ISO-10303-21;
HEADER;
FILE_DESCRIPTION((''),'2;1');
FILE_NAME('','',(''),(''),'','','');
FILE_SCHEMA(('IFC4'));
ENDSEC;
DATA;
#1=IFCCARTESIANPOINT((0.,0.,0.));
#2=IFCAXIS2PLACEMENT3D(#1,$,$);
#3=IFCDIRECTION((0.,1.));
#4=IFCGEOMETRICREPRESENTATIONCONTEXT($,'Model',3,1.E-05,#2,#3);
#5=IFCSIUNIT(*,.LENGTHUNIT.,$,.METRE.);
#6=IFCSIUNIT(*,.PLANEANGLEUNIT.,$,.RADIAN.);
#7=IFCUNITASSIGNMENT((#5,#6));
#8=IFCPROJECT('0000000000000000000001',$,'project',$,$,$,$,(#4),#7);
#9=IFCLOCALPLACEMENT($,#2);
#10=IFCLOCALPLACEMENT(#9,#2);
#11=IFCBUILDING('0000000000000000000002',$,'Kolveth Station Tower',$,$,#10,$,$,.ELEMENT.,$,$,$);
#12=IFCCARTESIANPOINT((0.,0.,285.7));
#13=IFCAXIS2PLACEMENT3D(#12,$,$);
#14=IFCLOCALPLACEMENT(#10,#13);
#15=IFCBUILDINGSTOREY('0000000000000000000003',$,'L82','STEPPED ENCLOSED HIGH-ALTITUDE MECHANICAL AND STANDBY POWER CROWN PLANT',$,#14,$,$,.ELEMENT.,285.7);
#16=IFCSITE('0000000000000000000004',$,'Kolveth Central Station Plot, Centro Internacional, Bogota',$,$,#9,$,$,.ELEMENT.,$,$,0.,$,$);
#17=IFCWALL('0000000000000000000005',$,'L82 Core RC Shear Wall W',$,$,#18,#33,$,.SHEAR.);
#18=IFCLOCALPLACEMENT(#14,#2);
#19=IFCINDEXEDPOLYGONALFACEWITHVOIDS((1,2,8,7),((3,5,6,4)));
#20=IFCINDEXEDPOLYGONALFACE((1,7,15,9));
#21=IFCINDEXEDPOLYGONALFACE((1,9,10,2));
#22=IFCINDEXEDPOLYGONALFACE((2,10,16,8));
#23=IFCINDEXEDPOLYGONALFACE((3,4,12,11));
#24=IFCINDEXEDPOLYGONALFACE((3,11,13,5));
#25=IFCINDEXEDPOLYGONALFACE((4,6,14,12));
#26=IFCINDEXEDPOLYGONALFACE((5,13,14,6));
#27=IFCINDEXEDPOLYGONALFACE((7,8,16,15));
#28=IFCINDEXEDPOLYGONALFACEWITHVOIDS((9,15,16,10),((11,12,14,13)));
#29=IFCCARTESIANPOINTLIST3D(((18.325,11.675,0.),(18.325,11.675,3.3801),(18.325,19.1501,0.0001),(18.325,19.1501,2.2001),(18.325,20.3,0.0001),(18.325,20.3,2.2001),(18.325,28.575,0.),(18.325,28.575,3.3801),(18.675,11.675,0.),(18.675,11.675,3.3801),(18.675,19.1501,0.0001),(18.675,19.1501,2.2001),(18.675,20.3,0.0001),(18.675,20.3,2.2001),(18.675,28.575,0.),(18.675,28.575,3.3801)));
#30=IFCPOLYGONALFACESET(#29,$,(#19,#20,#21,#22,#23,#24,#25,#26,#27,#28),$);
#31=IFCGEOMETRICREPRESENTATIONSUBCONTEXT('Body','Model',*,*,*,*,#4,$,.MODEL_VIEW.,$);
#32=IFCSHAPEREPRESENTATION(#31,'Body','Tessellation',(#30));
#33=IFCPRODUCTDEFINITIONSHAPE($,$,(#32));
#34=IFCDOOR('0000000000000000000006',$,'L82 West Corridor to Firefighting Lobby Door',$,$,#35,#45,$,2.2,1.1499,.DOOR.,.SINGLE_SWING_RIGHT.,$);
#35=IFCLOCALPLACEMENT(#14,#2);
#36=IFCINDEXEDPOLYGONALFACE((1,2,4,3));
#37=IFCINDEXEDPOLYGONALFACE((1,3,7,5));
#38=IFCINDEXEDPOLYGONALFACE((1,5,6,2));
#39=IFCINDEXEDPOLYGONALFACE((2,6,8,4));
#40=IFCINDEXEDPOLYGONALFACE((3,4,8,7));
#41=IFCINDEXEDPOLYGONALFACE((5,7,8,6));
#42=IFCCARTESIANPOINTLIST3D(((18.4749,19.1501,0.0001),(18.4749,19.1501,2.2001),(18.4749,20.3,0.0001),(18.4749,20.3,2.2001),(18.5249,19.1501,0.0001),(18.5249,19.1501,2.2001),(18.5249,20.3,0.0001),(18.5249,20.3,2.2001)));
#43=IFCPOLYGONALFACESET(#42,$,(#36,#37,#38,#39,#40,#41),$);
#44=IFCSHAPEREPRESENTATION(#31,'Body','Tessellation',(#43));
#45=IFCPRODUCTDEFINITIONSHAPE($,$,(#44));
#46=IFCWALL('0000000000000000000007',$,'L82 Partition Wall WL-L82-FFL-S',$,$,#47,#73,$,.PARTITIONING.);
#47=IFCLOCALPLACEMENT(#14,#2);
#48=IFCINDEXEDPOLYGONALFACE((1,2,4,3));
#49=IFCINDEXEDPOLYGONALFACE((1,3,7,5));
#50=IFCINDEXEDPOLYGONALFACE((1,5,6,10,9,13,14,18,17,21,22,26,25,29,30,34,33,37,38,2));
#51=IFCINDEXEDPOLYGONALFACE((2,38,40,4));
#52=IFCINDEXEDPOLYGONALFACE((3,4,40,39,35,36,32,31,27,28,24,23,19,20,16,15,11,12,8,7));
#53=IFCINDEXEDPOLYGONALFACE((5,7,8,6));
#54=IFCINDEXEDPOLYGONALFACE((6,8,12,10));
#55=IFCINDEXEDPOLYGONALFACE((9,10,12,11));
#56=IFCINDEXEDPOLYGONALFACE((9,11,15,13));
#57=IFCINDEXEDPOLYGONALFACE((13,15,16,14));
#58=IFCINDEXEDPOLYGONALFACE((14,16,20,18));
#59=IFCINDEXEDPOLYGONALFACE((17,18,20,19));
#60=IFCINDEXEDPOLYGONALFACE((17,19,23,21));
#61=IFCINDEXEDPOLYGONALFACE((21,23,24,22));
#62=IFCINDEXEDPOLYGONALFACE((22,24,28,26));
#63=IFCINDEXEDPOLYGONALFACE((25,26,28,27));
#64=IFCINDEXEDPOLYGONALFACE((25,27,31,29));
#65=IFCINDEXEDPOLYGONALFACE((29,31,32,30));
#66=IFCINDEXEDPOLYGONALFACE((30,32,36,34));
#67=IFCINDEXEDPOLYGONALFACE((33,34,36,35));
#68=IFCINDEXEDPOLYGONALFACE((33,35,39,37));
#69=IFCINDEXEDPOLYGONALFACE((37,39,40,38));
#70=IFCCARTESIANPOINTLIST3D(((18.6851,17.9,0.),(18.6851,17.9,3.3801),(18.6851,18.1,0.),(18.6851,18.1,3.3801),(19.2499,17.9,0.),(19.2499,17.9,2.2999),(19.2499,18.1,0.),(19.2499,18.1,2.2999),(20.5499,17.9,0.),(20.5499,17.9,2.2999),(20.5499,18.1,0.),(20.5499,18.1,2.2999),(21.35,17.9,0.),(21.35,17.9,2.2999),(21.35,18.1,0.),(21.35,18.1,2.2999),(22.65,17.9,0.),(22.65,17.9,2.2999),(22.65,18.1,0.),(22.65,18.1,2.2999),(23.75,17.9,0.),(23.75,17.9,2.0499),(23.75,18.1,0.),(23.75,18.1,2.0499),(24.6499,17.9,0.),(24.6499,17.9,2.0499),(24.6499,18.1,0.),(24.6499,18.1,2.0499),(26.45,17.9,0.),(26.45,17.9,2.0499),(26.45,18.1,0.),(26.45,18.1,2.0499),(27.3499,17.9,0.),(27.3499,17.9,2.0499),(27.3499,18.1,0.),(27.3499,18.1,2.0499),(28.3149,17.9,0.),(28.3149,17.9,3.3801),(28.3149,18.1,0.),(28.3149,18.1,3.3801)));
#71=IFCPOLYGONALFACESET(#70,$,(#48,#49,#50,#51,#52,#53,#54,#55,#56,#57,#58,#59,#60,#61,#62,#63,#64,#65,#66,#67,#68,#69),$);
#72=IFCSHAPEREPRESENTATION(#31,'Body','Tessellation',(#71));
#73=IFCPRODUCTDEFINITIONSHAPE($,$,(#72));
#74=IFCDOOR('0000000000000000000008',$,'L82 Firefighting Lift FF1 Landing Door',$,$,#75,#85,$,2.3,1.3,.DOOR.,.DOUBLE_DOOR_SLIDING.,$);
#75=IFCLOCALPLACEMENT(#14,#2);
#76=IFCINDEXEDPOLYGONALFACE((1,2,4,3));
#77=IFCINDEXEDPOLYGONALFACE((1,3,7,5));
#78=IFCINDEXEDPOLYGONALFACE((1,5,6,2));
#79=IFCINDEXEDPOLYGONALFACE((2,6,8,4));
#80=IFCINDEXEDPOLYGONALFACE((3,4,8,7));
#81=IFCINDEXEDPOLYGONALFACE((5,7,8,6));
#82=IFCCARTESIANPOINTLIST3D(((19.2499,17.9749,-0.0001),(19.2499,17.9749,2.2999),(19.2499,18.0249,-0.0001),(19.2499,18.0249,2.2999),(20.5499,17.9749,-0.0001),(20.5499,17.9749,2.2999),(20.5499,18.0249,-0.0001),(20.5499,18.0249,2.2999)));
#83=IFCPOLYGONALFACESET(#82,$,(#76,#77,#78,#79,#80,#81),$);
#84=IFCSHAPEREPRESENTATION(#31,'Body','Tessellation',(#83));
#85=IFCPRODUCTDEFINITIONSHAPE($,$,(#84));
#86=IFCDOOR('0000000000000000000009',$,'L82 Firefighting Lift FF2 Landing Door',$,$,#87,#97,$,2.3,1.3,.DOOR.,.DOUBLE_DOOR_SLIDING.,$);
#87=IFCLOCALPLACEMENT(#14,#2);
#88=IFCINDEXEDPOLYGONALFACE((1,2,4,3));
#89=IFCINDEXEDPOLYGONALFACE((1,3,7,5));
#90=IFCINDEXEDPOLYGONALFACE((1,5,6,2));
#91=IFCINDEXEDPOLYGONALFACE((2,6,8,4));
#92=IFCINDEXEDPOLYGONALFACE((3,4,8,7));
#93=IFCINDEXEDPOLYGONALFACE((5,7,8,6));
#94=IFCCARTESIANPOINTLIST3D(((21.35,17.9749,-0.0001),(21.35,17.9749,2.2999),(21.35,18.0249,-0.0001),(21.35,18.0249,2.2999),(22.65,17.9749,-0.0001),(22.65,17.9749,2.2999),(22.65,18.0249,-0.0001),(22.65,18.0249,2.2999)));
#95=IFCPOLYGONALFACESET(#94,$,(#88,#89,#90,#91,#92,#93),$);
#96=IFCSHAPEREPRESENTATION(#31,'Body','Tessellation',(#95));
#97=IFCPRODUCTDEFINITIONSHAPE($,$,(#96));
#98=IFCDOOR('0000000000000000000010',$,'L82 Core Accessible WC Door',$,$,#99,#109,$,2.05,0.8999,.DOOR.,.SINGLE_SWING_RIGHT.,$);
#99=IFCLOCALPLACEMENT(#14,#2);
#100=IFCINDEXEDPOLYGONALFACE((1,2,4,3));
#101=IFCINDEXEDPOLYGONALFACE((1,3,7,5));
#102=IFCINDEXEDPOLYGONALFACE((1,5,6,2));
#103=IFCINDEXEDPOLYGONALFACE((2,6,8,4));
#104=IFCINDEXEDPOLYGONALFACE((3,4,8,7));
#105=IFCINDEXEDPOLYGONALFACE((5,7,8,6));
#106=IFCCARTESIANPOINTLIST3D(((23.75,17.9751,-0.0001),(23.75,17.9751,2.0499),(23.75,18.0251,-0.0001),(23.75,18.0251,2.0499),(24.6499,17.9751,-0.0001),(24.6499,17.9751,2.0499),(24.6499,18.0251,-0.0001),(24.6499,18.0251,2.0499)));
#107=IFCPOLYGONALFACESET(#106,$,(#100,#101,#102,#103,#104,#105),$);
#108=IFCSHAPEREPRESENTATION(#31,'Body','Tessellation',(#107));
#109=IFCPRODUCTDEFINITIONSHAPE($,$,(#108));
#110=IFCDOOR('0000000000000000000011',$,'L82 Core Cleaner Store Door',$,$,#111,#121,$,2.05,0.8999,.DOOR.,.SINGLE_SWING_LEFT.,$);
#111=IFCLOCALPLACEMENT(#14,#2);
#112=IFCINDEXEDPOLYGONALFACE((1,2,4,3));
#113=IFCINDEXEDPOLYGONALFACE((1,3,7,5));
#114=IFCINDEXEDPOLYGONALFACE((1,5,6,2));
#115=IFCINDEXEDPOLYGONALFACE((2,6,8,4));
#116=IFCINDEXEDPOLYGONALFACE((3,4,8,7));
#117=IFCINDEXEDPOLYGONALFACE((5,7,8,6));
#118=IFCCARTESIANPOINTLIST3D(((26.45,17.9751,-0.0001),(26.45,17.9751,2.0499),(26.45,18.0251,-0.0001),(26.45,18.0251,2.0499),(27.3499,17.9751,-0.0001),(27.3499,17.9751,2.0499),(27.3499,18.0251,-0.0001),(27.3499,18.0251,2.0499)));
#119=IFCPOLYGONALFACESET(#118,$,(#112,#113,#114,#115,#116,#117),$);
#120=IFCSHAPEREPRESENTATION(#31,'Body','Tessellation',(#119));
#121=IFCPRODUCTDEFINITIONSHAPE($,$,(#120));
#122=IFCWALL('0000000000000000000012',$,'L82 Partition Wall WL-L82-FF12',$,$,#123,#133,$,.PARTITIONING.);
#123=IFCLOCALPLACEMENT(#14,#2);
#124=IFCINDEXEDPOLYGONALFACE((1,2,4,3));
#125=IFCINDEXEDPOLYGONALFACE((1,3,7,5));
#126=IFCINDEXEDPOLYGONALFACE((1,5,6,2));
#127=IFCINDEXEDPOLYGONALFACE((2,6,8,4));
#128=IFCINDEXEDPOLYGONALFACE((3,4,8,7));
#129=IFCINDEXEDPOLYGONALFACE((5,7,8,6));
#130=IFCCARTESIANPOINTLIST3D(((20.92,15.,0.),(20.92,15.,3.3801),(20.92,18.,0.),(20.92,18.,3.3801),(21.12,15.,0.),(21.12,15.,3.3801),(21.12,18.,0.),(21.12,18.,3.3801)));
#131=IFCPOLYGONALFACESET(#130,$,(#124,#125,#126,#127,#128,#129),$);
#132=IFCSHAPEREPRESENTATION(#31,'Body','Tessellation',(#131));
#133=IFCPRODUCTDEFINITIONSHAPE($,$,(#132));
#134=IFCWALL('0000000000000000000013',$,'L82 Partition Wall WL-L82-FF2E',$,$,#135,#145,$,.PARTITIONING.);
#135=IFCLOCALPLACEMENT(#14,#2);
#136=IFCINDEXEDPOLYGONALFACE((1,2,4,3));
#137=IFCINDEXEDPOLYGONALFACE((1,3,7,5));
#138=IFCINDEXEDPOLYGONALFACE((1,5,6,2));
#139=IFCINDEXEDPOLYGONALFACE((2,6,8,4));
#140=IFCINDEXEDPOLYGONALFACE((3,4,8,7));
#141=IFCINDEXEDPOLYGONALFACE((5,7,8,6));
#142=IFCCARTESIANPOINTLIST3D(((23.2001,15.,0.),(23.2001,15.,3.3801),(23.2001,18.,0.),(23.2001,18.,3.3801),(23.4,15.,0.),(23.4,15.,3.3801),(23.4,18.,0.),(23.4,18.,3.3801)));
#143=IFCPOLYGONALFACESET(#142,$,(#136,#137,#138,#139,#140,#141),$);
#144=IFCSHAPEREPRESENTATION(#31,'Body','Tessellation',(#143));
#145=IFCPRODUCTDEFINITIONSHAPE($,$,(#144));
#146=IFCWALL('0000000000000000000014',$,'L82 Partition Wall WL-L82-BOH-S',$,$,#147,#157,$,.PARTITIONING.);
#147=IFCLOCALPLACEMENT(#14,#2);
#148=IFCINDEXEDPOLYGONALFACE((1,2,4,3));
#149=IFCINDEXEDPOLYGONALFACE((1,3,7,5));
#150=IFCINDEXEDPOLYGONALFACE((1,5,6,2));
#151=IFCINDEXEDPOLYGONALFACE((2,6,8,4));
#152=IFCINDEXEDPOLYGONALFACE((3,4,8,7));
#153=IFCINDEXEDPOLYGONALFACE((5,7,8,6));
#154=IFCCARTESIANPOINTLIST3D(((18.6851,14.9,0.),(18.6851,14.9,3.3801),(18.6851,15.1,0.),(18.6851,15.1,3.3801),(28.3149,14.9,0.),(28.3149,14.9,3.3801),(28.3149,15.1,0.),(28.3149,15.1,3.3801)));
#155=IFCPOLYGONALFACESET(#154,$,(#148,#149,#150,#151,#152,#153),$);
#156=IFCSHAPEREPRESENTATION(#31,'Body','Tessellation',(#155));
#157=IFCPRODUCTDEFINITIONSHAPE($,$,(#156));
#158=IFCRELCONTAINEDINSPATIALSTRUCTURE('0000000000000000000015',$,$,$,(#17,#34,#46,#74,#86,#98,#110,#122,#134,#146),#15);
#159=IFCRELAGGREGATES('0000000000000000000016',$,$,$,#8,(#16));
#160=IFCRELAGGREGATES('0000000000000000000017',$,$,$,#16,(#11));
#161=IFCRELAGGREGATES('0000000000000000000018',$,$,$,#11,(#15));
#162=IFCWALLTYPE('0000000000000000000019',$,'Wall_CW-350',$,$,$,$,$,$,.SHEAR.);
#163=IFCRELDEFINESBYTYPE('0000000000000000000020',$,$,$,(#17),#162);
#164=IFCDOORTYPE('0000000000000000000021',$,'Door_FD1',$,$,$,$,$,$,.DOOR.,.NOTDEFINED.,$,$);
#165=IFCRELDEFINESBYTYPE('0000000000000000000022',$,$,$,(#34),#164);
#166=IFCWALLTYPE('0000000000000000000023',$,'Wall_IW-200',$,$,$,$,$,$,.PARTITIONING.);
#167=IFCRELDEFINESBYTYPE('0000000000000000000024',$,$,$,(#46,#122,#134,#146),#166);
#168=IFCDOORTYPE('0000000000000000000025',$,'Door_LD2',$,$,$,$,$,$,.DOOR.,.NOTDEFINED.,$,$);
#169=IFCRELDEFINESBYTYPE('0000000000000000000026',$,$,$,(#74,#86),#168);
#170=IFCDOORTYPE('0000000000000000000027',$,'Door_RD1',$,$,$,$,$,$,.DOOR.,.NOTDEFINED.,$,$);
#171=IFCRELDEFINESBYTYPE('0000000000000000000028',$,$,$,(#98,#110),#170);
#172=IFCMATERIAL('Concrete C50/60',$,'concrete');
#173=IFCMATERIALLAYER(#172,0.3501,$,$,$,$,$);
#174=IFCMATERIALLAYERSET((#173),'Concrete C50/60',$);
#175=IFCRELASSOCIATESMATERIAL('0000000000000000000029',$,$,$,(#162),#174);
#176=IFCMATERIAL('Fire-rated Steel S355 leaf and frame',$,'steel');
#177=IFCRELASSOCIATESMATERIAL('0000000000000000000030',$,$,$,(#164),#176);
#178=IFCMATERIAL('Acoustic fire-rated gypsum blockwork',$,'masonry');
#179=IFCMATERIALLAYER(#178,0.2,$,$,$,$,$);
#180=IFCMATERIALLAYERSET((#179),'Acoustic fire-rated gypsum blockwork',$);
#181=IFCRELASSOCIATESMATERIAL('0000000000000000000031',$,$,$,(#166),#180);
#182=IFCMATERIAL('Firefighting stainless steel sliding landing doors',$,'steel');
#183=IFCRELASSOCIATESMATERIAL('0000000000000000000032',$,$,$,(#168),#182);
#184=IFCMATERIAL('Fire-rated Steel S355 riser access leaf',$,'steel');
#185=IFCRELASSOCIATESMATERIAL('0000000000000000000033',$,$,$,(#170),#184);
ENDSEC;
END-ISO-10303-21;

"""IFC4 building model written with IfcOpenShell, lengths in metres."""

from ifc_helpers import new_model, si_unit, direction, frame, frame_2d, origin, place, context, subcontext, project, spatial, rectangle, extrude, material, layer, layer_set, type_object, element, fill, save


model = new_model("IFC4")

# Units and contexts
model_context = context("Model", 3, precision=1e-05, world=origin(), true_north=direction((0.0, 1.0)))
body_context = subcontext(model_context, "Body", "Model", "MODEL_VIEW")
ifc_project = project(units=[si_unit("LENGTHUNIT", "METRE"), si_unit("PLANEANGLEUNIT", "RADIAN")], contexts=[model_context])

# Site, building, storey
site_placement = place(None, origin())
site = spatial("IfcSite", under=ifc_project, at=site_placement, Name="Kolveth Central Station Plot, Centro Internacional, Bogota", CompositionType="ELEMENT", RefElevation=0.0)
building_placement = place(site_placement, origin())
building = spatial("IfcBuilding", under=site, at=building_placement, Name="Kolveth Station Tower", CompositionType="ELEMENT")
storey_placement = place(building_placement, frame((0.0, 0.0, 285.7)))
storey = spatial("IfcBuildingStorey", under=building, at=storey_placement, Name="L82", Description="STEPPED ENCLOSED HIGH-ALTITUDE MECHANICAL AND STANDBY POWER CROWN PLANT", CompositionType="ELEMENT", Elevation=285.7)

# Wall, opening, door
ifc_material_1 = material(Name="Concrete C50/60", Category="concrete")
ifc_layer_1 = layer(ifc_material_1, 0.3501)
ifc_layer_set_1 = layer_set([ifc_layer_1], Name="Concrete C50/60")
wall_type_1 = type_object("IfcWallType", Name="Wall_CW-350", PredefinedType="SHEAR", material=ifc_layer_set_1)
wall_1_placement = place(storey_placement, frame((18.5, 11.675, 0.0), z_axis=(0.0, 0.0, 1.0), x_axis=(0.0, 1.0, 0.0)))
wall_1 = element("IfcWall", 1, at=wall_1_placement, inside=storey, type_object=wall_type_1, Name="L82 Core RC Shear Wall W", PredefinedType="SHEAR", context=body_context, shape_type="SweptSolid", body=[
    extrude(rectangle(XDim=16.8999, YDim=0.3501, at=frame_2d((8.45, 0.0))), origin(), (0.0, 0.0, 1.0), 3.3801),
])
opening_1_placement = place(wall_1_placement, frame((7.4751, 0.0, 0.0)))
opening_1 = element("IfcOpeningElement", 2, at=opening_1_placement, cuts=wall_1, PredefinedType="OPENING", context=body_context, shape_type="SweptSolid", body=[
    extrude(rectangle(XDim=1.1499, YDim=2.2, at=frame_2d((0.575, 1.1001))), frame((0.0, 0.1851, 0.0), z_axis=(0.0, -1.0, 0.0), x_axis=(1.0, 0.0, 0.0)), (0.0, 0.0, 1.0), 0.3701),
])
ifc_material_2 = material(Name="Fire-rated Steel S355 leaf and frame", Category="steel")
door_type_1 = type_object("IfcDoorType", Name="Door_FD1", OperationType="NOTDEFINED", PredefinedType="DOOR", material=ifc_material_2)
door_1_placement = place(opening_1_placement, frame((1.1499, 0.0, 0.0), z_axis=(0.0, 0.0, 1.0), x_axis=(-1.0, 0.0, 0.0)))
door_1 = element("IfcDoor", 3, at=door_1_placement, inside=storey, type_object=door_type_1, Name="L82 West Corridor to Firefighting Lobby Door", OperationType="SINGLE_SWING_RIGHT", OverallHeight=2.2, OverallWidth=1.1499, PredefinedType="DOOR", context=body_context, shape_type="SweptSolid", body=[
    extrude(rectangle(XDim=1.1499, YDim=2.2, at=frame_2d((0.575, 1.1001))), frame((0.0, 0.0249, 0.0), z_axis=(0.0, -1.0, 0.0), x_axis=(1.0, 0.0, 0.0)), (0.0, 0.0, 1.0), 0.05),
])
fill(opening_1, door_1)

# Wall, openings, doors
ifc_material_3 = material(Name="Acoustic fire-rated gypsum blockwork", Category="masonry")
ifc_layer_2 = layer(ifc_material_3, 0.2)
ifc_layer_set_2 = layer_set([ifc_layer_2], Name="Acoustic fire-rated gypsum blockwork")
wall_type_2 = type_object("IfcWallType", Name="Wall_IW-200", PredefinedType="PARTITIONING", material=ifc_layer_set_2)
wall_2_placement = place(storey_placement, frame((18.6851, 18.0, 0.0), z_axis=(0.0, 0.0, 1.0), x_axis=(1.0, 0.0, 0.0)))
wall_2 = element("IfcWall", 4, at=wall_2_placement, inside=storey, type_object=wall_type_2, Name="L82 Partition Wall WL-L82-FFL-S", PredefinedType="PARTITIONING", context=body_context, shape_type="SweptSolid", body=[
    extrude(rectangle(XDim=9.6299, YDim=0.2, at=frame_2d((4.8149, 0.0))), origin(), (0.0, 0.0, 1.0), 3.3801),
])
opening_2_placement = place(wall_2_placement, frame((0.5649, 0.0, 0.0)))
opening_2 = element("IfcOpeningElement", 5, at=opening_2_placement, cuts=wall_2, PredefinedType="OPENING", context=body_context, shape_type="SweptSolid", body=[
    extrude(rectangle(XDim=1.3, YDim=2.3, at=frame_2d((0.6499, 1.1499))), frame((0.0, 0.1099, 0.0), z_axis=(0.0, -1.0, 0.0), x_axis=(1.0, 0.0, 0.0)), (0.0, 0.0, 1.0), 0.22),
])
opening_3_placement = place(wall_2_placement, frame((2.665, 0.0, 0.0)))
opening_3 = element("IfcOpeningElement", 6, at=opening_3_placement, cuts=wall_2, PredefinedType="OPENING", context=body_context, shape_type="SweptSolid", body=[
    extrude(rectangle(XDim=1.3, YDim=2.3, at=frame_2d((0.6499, 1.1499))), frame((0.0, 0.1099, 0.0), z_axis=(0.0, -1.0, 0.0), x_axis=(1.0, 0.0, 0.0)), (0.0, 0.0, 1.0), 0.22),
])
opening_4_placement = place(wall_2_placement, frame((5.0649, 0.0, 0.0)))
opening_4 = element("IfcOpeningElement", 7, at=opening_4_placement, cuts=wall_2, PredefinedType="OPENING", context=body_context, shape_type="SweptSolid", body=[
    extrude(rectangle(XDim=0.8999, YDim=2.05, at=frame_2d((0.45, 1.0249))), frame((0.0, 0.1099, 0.0), z_axis=(0.0, -1.0, 0.0), x_axis=(1.0, 0.0, 0.0)), (0.0, 0.0, 1.0), 0.22),
])
opening_5_placement = place(wall_2_placement, frame((7.7649, 0.0, 0.0)))
opening_5 = element("IfcOpeningElement", 8, at=opening_5_placement, cuts=wall_2, PredefinedType="OPENING", context=body_context, shape_type="SweptSolid", body=[
    extrude(rectangle(XDim=0.8999, YDim=2.05, at=frame_2d((0.45, 1.0249))), frame((0.0, 0.1099, 0.0), z_axis=(0.0, -1.0, 0.0), x_axis=(1.0, 0.0, 0.0)), (0.0, 0.0, 1.0), 0.22),
])
ifc_material_4 = material(Name="Firefighting stainless steel sliding landing doors", Category="steel")
door_type_2 = type_object("IfcDoorType", Name="Door_LD2", OperationType="NOTDEFINED", PredefinedType="DOOR", material=ifc_material_4)
door_2_placement = place(opening_2_placement, origin())
door_2 = element("IfcDoor", 9, at=door_2_placement, inside=storey, type_object=door_type_2, Name="L82 Firefighting Lift FF1 Landing Door", OperationType="DOUBLE_DOOR_SLIDING", OverallHeight=2.3, OverallWidth=1.3, PredefinedType="DOOR", context=body_context, shape_type="SweptSolid", body=[
    extrude(rectangle(XDim=1.3, YDim=2.3, at=frame_2d((0.6499, 1.1499))), frame((0.0, 0.0249, 0.0), z_axis=(0.0, -1.0, 0.0), x_axis=(1.0, 0.0, 0.0)), (0.0, 0.0, 1.0), 0.05),
])
fill(opening_2, door_2)
door_3_placement = place(opening_3_placement, origin())
door_3 = element("IfcDoor", 10, at=door_3_placement, inside=storey, type_object=door_type_2, Name="L82 Firefighting Lift FF2 Landing Door", OperationType="DOUBLE_DOOR_SLIDING", OverallHeight=2.3, OverallWidth=1.3, PredefinedType="DOOR", context=body_context, shape_type="SweptSolid", body=[
    extrude(rectangle(XDim=1.3, YDim=2.3, at=frame_2d((0.6499, 1.1499))), frame((0.0, 0.0249, 0.0), z_axis=(0.0, -1.0, 0.0), x_axis=(1.0, 0.0, 0.0)), (0.0, 0.0, 1.0), 0.05),
])
fill(opening_3, door_3)
ifc_material_5 = material(Name="Fire-rated Steel S355 riser access leaf", Category="steel")
door_type_3 = type_object("IfcDoorType", Name="Door_RD1", OperationType="NOTDEFINED", PredefinedType="DOOR", material=ifc_material_5)
door_4_placement = place(opening_4_placement, frame((0.8999, 0.0, 0.0), z_axis=(0.0, 0.0, 1.0), x_axis=(-1.0, 0.0, 0.0)))
door_4 = element("IfcDoor", 11, at=door_4_placement, inside=storey, type_object=door_type_3, Name="L82 Core Accessible WC Door", OperationType="SINGLE_SWING_RIGHT", OverallHeight=2.05, OverallWidth=0.8999, PredefinedType="DOOR", context=body_context, shape_type="SweptSolid", body=[
    extrude(rectangle(XDim=0.8999, YDim=2.05, at=frame_2d((0.45, 1.0249))), frame((0.0, 0.0249, 0.0), z_axis=(0.0, -1.0, 0.0), x_axis=(1.0, 0.0, 0.0)), (0.0, 0.0, 1.0), 0.05),
])
fill(opening_4, door_4)
door_5_placement = place(opening_5_placement, frame((0.8999, 0.0, 0.0), z_axis=(0.0, 0.0, 1.0), x_axis=(-1.0, 0.0, 0.0)))
door_5 = element("IfcDoor", 12, at=door_5_placement, inside=storey, type_object=door_type_3, Name="L82 Core Cleaner Store Door", OperationType="SINGLE_SWING_LEFT", OverallHeight=2.05, OverallWidth=0.8999, PredefinedType="DOOR", context=body_context, shape_type="SweptSolid", body=[
    extrude(rectangle(XDim=0.8999, YDim=2.05, at=frame_2d((0.45, 1.0249))), frame((0.0, 0.0249, 0.0), z_axis=(0.0, -1.0, 0.0), x_axis=(1.0, 0.0, 0.0)), (0.0, 0.0, 1.0), 0.05),
])
fill(opening_5, door_5)

# Walls
for number, where, z_axis, x_axis, name in (
    (13, (21.02, 15.0, 0.0), (0.0, 0.0, 1.0), (0.0, 1.0, 0.0), "L82 Partition Wall WL-L82-FF12"),
    (14, (23.3, 15.0, 0.0), (0.0, 0.0, 1.0), (0.0, 1.0, 0.0), "L82 Partition Wall WL-L82-FF2E"),
):
    element("IfcWall", number, at=place(storey_placement, frame(where, z_axis=z_axis, x_axis=x_axis)), inside=storey, type_object=wall_type_2, Name=name, PredefinedType="PARTITIONING", context=body_context, shape_type="SweptSolid", body=[
        extrude(rectangle(XDim=3.0, YDim=0.2, at=frame_2d((1.5, 0.0))), origin(), (0.0, 0.0, 1.0), 3.3801),
    ])
wall_3_placement = place(storey_placement, frame((18.6851, 15.0, 0.0), z_axis=(0.0, 0.0, 1.0), x_axis=(1.0, 0.0, 0.0)))
element("IfcWall", 15, at=wall_3_placement, inside=storey, type_object=wall_type_2, Name="L82 Partition Wall WL-L82-BOH-S", PredefinedType="PARTITIONING", context=body_context, shape_type="SweptSolid", body=[
    extrude(rectangle(XDim=9.6299, YDim=0.2, at=frame_2d((4.8149, 0.0))), origin(), (0.0, 0.0, 1.0), 3.3801),
])

save(model, "model.ifc")
